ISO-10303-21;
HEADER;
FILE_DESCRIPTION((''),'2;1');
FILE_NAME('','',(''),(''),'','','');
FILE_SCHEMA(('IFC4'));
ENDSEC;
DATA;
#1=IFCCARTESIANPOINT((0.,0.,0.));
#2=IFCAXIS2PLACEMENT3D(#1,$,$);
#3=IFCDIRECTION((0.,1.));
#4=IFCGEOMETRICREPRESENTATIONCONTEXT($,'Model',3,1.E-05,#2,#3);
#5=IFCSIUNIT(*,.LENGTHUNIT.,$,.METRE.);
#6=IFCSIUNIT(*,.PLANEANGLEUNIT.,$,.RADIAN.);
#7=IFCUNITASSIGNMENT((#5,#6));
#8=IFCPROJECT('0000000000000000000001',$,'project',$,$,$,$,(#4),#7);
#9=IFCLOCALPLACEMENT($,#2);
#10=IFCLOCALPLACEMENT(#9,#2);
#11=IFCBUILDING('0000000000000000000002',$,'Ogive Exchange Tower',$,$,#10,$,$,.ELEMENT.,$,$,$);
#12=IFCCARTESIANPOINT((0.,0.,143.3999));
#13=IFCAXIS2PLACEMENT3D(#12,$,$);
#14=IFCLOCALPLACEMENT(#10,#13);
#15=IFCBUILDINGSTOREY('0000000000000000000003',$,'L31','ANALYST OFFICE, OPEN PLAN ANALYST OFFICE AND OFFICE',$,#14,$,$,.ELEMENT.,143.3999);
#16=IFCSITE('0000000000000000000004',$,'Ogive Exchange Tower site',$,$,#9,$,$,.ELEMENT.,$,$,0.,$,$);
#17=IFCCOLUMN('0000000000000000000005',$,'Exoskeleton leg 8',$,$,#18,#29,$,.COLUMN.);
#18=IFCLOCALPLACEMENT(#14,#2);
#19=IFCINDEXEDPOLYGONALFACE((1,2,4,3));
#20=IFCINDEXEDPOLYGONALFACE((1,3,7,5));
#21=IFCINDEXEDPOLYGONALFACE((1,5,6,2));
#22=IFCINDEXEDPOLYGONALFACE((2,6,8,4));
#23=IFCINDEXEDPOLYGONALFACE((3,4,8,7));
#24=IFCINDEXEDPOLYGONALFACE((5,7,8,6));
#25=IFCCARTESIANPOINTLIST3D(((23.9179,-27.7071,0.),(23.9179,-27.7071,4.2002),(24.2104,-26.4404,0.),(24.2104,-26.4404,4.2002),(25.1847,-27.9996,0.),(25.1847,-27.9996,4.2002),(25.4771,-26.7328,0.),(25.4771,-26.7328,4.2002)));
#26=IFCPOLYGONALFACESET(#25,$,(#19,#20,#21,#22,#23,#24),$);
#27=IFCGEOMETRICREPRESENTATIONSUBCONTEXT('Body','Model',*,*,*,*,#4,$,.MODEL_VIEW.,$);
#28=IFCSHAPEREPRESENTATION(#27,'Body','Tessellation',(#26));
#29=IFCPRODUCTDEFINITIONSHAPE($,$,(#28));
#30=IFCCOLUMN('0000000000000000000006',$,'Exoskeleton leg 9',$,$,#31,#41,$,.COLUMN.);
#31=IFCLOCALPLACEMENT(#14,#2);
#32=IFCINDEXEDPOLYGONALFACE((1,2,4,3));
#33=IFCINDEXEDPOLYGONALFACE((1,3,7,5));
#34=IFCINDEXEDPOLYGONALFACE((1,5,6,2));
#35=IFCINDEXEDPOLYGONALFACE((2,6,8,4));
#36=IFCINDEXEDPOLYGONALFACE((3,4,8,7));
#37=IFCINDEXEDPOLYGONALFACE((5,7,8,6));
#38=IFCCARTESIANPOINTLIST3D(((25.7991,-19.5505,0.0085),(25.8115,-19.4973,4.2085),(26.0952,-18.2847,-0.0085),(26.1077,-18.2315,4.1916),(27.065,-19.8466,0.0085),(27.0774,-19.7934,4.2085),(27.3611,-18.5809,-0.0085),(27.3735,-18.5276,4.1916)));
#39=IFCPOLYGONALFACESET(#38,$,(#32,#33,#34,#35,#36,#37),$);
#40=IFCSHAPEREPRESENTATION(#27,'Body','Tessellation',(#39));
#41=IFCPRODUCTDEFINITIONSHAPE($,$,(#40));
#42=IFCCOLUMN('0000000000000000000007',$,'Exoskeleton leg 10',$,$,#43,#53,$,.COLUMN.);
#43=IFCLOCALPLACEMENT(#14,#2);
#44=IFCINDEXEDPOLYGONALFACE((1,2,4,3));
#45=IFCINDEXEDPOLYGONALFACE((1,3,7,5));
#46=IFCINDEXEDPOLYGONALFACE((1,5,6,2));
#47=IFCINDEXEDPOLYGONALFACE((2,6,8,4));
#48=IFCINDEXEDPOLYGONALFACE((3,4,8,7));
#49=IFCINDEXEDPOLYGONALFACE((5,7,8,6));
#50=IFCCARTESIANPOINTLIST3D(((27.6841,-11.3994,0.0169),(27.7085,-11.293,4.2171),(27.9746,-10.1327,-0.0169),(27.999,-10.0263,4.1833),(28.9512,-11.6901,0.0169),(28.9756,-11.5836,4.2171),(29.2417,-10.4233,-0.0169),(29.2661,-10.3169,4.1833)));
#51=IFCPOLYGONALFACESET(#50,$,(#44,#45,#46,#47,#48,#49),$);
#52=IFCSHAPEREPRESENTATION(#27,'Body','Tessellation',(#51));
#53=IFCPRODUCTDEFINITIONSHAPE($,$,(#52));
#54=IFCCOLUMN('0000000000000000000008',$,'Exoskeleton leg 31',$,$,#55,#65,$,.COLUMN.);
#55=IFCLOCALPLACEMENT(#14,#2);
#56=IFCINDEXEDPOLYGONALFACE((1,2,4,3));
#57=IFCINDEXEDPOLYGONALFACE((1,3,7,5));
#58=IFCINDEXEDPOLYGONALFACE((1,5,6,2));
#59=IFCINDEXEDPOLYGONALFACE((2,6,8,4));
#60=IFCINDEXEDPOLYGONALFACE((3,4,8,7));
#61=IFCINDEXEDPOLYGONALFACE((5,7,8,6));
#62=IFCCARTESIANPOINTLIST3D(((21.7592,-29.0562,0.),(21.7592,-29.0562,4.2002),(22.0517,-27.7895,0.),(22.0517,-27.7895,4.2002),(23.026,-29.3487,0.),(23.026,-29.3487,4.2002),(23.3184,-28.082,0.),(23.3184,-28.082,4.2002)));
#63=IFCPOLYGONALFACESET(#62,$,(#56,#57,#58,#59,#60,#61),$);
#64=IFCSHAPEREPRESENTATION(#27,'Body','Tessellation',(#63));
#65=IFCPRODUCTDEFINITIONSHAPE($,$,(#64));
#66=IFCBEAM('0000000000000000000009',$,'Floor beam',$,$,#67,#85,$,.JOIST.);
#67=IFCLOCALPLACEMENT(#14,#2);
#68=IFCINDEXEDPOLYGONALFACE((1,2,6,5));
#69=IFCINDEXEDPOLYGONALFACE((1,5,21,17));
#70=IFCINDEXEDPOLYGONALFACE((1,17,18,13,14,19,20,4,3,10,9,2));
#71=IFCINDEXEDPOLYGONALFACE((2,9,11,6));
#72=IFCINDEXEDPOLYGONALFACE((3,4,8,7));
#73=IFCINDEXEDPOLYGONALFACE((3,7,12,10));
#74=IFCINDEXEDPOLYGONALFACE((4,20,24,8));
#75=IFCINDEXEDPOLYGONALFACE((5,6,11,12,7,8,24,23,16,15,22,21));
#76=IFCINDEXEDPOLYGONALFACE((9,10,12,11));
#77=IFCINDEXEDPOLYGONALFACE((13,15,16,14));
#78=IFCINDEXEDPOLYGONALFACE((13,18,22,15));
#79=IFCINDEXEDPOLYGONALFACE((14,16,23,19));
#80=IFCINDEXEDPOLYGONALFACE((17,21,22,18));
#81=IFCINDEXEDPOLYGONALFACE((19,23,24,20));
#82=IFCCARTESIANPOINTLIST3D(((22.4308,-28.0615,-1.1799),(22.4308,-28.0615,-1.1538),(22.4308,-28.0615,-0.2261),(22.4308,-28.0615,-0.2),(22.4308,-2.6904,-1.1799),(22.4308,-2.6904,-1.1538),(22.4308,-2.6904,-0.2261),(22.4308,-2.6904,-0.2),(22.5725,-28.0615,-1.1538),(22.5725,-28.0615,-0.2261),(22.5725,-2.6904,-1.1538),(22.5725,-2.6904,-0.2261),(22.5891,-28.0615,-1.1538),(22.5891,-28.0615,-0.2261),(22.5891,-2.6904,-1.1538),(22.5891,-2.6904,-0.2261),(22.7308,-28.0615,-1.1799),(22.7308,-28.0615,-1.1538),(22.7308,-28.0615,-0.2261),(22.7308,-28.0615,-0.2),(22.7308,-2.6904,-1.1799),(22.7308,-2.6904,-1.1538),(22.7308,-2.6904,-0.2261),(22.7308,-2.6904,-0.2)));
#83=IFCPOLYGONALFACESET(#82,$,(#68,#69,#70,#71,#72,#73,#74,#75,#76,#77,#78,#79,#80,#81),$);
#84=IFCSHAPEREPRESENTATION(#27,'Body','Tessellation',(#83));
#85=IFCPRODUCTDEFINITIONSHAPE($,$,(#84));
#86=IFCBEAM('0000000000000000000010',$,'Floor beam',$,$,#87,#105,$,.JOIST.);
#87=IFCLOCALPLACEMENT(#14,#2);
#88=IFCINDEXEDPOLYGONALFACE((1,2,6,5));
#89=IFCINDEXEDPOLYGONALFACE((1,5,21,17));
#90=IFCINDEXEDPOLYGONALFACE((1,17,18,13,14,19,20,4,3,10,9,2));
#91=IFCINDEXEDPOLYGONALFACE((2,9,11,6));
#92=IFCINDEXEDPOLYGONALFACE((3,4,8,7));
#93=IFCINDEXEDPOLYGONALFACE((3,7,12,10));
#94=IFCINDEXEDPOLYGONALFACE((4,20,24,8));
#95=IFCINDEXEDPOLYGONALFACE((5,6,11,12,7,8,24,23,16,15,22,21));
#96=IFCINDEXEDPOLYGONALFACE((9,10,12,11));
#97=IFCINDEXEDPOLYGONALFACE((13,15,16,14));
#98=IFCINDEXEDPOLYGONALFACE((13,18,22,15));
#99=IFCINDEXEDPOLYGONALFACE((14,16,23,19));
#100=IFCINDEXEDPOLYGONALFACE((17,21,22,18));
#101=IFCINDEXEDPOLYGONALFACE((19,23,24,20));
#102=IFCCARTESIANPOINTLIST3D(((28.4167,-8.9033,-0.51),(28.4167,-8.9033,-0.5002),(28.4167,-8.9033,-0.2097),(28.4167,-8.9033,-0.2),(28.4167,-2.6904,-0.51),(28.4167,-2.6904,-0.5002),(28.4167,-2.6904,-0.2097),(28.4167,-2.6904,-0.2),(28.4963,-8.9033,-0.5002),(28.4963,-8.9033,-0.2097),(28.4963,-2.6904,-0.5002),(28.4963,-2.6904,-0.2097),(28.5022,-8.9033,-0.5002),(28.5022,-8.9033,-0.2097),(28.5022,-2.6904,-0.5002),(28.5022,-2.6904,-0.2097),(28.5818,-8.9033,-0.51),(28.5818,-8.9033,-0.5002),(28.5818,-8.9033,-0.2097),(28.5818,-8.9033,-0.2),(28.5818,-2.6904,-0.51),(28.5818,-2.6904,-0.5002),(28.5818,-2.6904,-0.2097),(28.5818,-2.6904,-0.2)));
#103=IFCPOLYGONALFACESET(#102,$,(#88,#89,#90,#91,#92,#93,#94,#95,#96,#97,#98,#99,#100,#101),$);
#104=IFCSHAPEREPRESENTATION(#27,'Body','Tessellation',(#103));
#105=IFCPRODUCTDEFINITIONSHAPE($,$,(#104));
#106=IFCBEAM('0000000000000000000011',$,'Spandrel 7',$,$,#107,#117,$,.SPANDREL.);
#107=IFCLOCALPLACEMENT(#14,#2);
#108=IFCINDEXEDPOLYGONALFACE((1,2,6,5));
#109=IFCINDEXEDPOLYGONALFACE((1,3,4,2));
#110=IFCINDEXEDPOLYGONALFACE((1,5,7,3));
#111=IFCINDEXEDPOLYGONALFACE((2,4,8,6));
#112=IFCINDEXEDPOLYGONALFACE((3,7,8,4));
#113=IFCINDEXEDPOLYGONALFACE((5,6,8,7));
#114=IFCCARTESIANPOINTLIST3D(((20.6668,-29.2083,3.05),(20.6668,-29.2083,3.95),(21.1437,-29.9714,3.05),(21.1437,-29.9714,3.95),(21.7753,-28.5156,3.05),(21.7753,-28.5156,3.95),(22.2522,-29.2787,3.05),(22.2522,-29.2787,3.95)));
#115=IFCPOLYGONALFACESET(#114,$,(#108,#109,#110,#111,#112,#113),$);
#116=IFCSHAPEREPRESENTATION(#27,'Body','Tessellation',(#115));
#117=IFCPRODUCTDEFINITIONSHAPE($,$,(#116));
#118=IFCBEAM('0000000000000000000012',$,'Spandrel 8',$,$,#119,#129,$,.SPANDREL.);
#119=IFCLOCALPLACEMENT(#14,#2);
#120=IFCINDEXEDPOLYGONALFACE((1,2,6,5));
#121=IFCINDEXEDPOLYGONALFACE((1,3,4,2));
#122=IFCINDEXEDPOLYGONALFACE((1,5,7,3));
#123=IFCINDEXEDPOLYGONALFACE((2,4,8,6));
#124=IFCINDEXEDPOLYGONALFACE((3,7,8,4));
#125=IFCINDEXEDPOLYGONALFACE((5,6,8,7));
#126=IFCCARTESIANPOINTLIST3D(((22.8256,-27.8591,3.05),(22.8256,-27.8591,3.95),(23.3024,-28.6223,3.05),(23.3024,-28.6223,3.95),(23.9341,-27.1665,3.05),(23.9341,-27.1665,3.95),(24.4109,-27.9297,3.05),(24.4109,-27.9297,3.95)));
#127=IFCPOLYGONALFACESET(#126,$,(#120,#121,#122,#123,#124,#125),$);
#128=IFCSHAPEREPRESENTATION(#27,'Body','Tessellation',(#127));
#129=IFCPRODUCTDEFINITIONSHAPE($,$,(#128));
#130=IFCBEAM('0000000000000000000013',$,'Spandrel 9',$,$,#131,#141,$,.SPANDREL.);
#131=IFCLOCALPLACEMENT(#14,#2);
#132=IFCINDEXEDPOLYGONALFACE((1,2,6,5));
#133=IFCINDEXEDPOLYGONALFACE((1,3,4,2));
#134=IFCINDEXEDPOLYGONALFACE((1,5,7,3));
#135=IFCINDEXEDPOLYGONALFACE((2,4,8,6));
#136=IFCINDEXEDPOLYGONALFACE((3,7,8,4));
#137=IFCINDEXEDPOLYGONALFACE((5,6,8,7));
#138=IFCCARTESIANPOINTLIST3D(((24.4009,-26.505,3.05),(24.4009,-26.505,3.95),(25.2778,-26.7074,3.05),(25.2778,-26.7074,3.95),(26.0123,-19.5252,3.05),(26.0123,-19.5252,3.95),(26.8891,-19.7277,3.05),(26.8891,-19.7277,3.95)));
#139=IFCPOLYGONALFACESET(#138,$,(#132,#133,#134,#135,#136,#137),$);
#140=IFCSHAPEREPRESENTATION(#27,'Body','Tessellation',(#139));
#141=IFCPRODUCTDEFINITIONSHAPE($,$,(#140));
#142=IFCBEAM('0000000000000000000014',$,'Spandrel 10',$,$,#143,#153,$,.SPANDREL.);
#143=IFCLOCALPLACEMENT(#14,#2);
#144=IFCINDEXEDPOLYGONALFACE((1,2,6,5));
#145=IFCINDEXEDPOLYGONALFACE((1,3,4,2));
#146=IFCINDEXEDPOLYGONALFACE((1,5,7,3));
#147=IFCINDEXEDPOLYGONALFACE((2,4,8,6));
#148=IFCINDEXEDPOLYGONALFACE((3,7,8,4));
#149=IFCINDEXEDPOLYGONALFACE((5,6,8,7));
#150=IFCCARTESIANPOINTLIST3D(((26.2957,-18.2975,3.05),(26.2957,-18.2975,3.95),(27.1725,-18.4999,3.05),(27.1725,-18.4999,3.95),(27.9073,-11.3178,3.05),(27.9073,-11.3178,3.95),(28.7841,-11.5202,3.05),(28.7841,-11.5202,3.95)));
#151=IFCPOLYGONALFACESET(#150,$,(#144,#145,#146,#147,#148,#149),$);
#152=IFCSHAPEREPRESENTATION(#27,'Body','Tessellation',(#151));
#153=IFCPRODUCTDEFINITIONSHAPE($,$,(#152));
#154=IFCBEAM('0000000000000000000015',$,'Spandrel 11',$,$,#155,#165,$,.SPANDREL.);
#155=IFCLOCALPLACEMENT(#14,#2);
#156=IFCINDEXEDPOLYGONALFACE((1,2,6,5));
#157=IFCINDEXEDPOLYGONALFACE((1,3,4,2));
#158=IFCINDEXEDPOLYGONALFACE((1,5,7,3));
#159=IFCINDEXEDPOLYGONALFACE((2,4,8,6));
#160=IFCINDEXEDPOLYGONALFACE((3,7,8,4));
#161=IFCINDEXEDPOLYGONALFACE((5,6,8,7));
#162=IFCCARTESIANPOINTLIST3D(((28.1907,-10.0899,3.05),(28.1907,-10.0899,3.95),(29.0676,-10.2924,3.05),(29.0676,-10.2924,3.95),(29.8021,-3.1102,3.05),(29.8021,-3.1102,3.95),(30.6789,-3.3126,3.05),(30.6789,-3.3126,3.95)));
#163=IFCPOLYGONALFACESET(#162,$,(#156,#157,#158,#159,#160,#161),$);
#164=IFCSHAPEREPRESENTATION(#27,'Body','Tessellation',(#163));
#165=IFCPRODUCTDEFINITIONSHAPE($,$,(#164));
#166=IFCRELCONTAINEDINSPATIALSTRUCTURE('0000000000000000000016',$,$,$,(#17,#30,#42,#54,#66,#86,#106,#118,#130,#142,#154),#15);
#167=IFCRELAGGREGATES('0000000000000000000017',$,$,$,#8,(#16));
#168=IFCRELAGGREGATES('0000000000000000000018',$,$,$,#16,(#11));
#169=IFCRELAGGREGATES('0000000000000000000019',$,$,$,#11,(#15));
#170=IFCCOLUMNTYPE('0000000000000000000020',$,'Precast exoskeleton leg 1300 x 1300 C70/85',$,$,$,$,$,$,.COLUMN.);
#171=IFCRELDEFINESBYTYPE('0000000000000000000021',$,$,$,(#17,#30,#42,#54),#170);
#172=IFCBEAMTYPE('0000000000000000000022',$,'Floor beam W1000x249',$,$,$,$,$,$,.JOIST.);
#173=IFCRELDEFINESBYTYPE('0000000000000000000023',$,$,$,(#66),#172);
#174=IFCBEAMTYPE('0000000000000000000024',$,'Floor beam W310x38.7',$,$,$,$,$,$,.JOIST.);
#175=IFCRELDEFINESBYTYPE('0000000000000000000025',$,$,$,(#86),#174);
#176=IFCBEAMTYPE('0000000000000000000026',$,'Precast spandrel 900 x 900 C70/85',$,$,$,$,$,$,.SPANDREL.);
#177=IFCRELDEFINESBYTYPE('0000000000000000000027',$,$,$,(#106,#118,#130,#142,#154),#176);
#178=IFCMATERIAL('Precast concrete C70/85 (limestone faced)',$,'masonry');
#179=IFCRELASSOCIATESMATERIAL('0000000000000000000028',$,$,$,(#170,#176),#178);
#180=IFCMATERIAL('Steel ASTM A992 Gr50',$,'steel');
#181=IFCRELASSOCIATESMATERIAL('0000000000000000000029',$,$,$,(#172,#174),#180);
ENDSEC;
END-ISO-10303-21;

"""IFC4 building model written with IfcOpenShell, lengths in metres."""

from ifc_helpers import new_model, si_unit, direction, frame, origin, origin_2d, place, context, subcontext, project, spatial, rectangle, i_section, extrude, material, material_profile, profile_set, type_object, element, save


model = new_model("IFC4")

# Units and contexts
model_context = context("Model", 3, precision=1e-05, world=origin(), true_north=direction((0.0, 1.0)))
body_context = subcontext(model_context, "Body", "Model", "MODEL_VIEW")
ifc_project = project(units=[si_unit("LENGTHUNIT", "METRE"), si_unit("PLANEANGLEUNIT", "RADIAN")], contexts=[model_context])

# Site, building, storey
site_placement = place(None, origin())
site = spatial("IfcSite", under=ifc_project, at=site_placement, Name="Ogive Exchange Tower site", CompositionType="ELEMENT", RefElevation=0.0)
building_placement = place(site_placement, origin())
building = spatial("IfcBuilding", under=site, at=building_placement, Name="Ogive Exchange Tower", CompositionType="ELEMENT")
storey_placement = place(building_placement, frame((0.0, 0.0, 143.3999)))
storey = spatial("IfcBuildingStorey", under=building, at=storey_placement, Name="L31", Description="ANALYST OFFICE, OPEN PLAN ANALYST OFFICE AND OFFICE", CompositionType="ELEMENT", Elevation=143.3999)

# Columns
ifc_material_1 = material(Name="Precast concrete C70/85 (limestone faced)", Category="masonry")
ifc_material_profile_1 = material_profile(ifc_material_1, rectangle(XDim=1.3, YDim=1.3, at=origin_2d()), Name="1300 x 1300")
ifc_profile_set_1 = profile_set([ifc_material_profile_1], Name="Precast concrete C70/85 (limestone faced)")
column_type = type_object("IfcColumnType", Name="Precast exoskeleton leg 1300 x 1300 C70/85", PredefinedType="COLUMN", material=ifc_profile_set_1)
column_1_placement = place(storey_placement, frame((24.6975, -27.22, 0.0), z_axis=(0.0, 0.0, 1.0), x_axis=(0.97437, -0.224951, 0.0)))
element("IfcColumn", 1, at=column_1_placement, inside=storey, type_object=column_type, Name="Exoskeleton leg 8", PredefinedType="COLUMN", context=body_context, shape_type="SweptSolid", body=[
    extrude(rectangle(XDim=1.3, YDim=1.3, at=origin_2d()), origin(), (0.0, 0.0, 1.0), 4.2002),
])
column_2_placement = place(storey_placement, frame((26.5801, -19.0657, 0.0), z_axis=(0.002964, 0.01267, 0.999915), x_axis=(-0.973709, 0.227794, 0.0)))
element("IfcColumn", 2, at=column_2_placement, inside=storey, type_object=column_type, Name="Exoskeleton leg 9", PredefinedType="COLUMN", context=body_context, shape_type="SweptSolid", body=[
    extrude(rectangle(XDim=1.3, YDim=1.3, at=origin_2d()), origin(), (0.0, 0.0, 1.0), 4.2004),
])
column_3_placement = place(storey_placement, frame((28.4629, -10.9114, 0.0), z_axis=(0.005811, 0.025334, 0.999662), x_axis=(-0.974692, 0.223553, 0.0)))
element("IfcColumn", 3, at=column_3_placement, inside=storey, type_object=column_type, Name="Exoskeleton leg 10", PredefinedType="COLUMN", context=body_context, shape_type="SweptSolid", body=[
    extrude(rectangle(XDim=1.3, YDim=1.3, at=origin_2d()), origin(), (0.0, 0.0, 1.0), 4.2017),
])
column_4_placement = place(storey_placement, frame((22.5388, -28.5691, 0.0), z_axis=(0.0, 0.0, 1.0), x_axis=(0.97437, -0.224951, 0.0)))
element("IfcColumn", 4, at=column_4_placement, inside=storey, type_object=column_type, Name="Exoskeleton leg 31", PredefinedType="COLUMN", context=body_context, shape_type="SweptSolid", body=[
    extrude(rectangle(XDim=1.3, YDim=1.3, at=origin_2d()), origin(), (0.0, 0.0, 1.0), 4.2002),
])

# Beams
ifc_material_2 = material(Name="Steel ASTM A992 Gr50", Category="steel")
ifc_material_profile_2 = material_profile(ifc_material_2, i_section(OverallWidth=0.3, OverallDepth=0.98, WebThickness=0.0166, FlangeThickness=0.0261, at=origin_2d()), Name="W1000x249")
ifc_profile_set_2 = profile_set([ifc_material_profile_2], Name="Steel ASTM A992 Gr50")
beam_type_1 = type_object("IfcBeamType", Name="Floor beam W1000x249", PredefinedType="JOIST", material=ifc_profile_set_2)
beam_1_placement = place(storey_placement, frame((22.5808, -28.0615, -0.6899), z_axis=(0.0, 1.0, 0.0), x_axis=(-1.0, 0.0, 0.0)))
element("IfcBeam", 5, at=beam_1_placement, inside=storey, type_object=beam_type_1, Name="Floor beam", PredefinedType="JOIST", context=body_context, shape_type="SweptSolid", body=[
    extrude(i_section(OverallWidth=0.3, OverallDepth=0.98, WebThickness=0.0166, FlangeThickness=0.0261, at=origin_2d()), origin(), (0.0, 0.0, 1.0), 25.3711),
])
ifc_material_profile_3 = material_profile(ifc_material_2, i_section(OverallWidth=0.165, OverallDepth=0.3101, WebThickness=0.0059, FlangeThickness=0.0098, at=origin_2d()), Name="W310x38.7")
ifc_profile_set_3 = profile_set([ifc_material_profile_3], Name="Steel ASTM A992 Gr50")
beam_type_2 = type_object("IfcBeamType", Name="Floor beam W310x38.7", PredefinedType="JOIST", material=ifc_profile_set_3)
beam_2_placement = place(storey_placement, frame((28.4993, -8.9033, -0.355), z_axis=(0.0, 1.0, 0.0), x_axis=(-1.0, 0.0, 0.0)))
element("IfcBeam", 6, at=beam_2_placement, inside=storey, type_object=beam_type_2, Name="Floor beam", PredefinedType="JOIST", context=body_context, shape_type="SweptSolid", body=[
    extrude(i_section(OverallWidth=0.165, OverallDepth=0.3101, WebThickness=0.0059, FlangeThickness=0.0098, at=origin_2d()), origin(), (0.0, 0.0, 1.0), 6.2129),
])
ifc_material_profile_4 = material_profile(ifc_material_1, rectangle(XDim=0.8999, YDim=0.8999, at=origin_2d()), Name="900 x 900")
ifc_profile_set_4 = profile_set([ifc_material_profile_4], Name="Precast concrete C70/85 (limestone faced)")
beam_type_3 = type_object("IfcBeamType", Name="Precast spandrel 900 x 900 C70/85", PredefinedType="SPANDREL", material=ifc_profile_set_4)
for number, where, z_axis, x_axis, name in (
    (7, (20.9053, -29.5898, 3.5), (0.84804, 0.529932, 0.0), (-0.529932, 0.84804, 0.0), "Spandrel 7"),
    (8, (23.064, -28.2407, 3.5), (0.848093, 0.529848, 0.0), (-0.529848, 0.848093, 0.0), "Spandrel 8"),
):
    element("IfcBeam", number, at=place(storey_placement, frame(where, z_axis=z_axis, x_axis=x_axis)), inside=storey, type_object=beam_type_3, Name=name, PredefinedType="SPANDREL", context=body_context, shape_type="SweptSolid", body=[
        extrude(rectangle(XDim=0.8999, YDim=0.8999, at=origin_2d()), origin(), (0.0, 0.0, 1.0), 1.3071),
    ])
for number, where, z_axis, x_axis, name in (
    (9, (24.8394, -26.6062, 3.5), (0.224942, 0.974372, 0.0), (-0.974372, 0.224942, 0.0), "Spandrel 9"),
    (10, (26.7341, -18.3987, 3.5), (0.224974, 0.974365, 0.0), (-0.974365, 0.224974, 0.0), "Spandrel 10"),
    (11, (28.6292, -10.1912, 3.5), (0.224942, 0.974372, 0.0), (-0.974372, 0.224942, 0.0), "Spandrel 11"),
):
    element("IfcBeam", number, at=place(storey_placement, frame(where, z_axis=z_axis, x_axis=x_axis)), inside=storey, type_object=beam_type_3, Name=name, PredefinedType="SPANDREL", context=body_context, shape_type="SweptSolid", body=[
        extrude(rectangle(XDim=0.8999, YDim=0.8999, at=origin_2d()), origin(), (0.0, 0.0, 1.0), 7.1633),
    ])

save(model, "model.ifc")
